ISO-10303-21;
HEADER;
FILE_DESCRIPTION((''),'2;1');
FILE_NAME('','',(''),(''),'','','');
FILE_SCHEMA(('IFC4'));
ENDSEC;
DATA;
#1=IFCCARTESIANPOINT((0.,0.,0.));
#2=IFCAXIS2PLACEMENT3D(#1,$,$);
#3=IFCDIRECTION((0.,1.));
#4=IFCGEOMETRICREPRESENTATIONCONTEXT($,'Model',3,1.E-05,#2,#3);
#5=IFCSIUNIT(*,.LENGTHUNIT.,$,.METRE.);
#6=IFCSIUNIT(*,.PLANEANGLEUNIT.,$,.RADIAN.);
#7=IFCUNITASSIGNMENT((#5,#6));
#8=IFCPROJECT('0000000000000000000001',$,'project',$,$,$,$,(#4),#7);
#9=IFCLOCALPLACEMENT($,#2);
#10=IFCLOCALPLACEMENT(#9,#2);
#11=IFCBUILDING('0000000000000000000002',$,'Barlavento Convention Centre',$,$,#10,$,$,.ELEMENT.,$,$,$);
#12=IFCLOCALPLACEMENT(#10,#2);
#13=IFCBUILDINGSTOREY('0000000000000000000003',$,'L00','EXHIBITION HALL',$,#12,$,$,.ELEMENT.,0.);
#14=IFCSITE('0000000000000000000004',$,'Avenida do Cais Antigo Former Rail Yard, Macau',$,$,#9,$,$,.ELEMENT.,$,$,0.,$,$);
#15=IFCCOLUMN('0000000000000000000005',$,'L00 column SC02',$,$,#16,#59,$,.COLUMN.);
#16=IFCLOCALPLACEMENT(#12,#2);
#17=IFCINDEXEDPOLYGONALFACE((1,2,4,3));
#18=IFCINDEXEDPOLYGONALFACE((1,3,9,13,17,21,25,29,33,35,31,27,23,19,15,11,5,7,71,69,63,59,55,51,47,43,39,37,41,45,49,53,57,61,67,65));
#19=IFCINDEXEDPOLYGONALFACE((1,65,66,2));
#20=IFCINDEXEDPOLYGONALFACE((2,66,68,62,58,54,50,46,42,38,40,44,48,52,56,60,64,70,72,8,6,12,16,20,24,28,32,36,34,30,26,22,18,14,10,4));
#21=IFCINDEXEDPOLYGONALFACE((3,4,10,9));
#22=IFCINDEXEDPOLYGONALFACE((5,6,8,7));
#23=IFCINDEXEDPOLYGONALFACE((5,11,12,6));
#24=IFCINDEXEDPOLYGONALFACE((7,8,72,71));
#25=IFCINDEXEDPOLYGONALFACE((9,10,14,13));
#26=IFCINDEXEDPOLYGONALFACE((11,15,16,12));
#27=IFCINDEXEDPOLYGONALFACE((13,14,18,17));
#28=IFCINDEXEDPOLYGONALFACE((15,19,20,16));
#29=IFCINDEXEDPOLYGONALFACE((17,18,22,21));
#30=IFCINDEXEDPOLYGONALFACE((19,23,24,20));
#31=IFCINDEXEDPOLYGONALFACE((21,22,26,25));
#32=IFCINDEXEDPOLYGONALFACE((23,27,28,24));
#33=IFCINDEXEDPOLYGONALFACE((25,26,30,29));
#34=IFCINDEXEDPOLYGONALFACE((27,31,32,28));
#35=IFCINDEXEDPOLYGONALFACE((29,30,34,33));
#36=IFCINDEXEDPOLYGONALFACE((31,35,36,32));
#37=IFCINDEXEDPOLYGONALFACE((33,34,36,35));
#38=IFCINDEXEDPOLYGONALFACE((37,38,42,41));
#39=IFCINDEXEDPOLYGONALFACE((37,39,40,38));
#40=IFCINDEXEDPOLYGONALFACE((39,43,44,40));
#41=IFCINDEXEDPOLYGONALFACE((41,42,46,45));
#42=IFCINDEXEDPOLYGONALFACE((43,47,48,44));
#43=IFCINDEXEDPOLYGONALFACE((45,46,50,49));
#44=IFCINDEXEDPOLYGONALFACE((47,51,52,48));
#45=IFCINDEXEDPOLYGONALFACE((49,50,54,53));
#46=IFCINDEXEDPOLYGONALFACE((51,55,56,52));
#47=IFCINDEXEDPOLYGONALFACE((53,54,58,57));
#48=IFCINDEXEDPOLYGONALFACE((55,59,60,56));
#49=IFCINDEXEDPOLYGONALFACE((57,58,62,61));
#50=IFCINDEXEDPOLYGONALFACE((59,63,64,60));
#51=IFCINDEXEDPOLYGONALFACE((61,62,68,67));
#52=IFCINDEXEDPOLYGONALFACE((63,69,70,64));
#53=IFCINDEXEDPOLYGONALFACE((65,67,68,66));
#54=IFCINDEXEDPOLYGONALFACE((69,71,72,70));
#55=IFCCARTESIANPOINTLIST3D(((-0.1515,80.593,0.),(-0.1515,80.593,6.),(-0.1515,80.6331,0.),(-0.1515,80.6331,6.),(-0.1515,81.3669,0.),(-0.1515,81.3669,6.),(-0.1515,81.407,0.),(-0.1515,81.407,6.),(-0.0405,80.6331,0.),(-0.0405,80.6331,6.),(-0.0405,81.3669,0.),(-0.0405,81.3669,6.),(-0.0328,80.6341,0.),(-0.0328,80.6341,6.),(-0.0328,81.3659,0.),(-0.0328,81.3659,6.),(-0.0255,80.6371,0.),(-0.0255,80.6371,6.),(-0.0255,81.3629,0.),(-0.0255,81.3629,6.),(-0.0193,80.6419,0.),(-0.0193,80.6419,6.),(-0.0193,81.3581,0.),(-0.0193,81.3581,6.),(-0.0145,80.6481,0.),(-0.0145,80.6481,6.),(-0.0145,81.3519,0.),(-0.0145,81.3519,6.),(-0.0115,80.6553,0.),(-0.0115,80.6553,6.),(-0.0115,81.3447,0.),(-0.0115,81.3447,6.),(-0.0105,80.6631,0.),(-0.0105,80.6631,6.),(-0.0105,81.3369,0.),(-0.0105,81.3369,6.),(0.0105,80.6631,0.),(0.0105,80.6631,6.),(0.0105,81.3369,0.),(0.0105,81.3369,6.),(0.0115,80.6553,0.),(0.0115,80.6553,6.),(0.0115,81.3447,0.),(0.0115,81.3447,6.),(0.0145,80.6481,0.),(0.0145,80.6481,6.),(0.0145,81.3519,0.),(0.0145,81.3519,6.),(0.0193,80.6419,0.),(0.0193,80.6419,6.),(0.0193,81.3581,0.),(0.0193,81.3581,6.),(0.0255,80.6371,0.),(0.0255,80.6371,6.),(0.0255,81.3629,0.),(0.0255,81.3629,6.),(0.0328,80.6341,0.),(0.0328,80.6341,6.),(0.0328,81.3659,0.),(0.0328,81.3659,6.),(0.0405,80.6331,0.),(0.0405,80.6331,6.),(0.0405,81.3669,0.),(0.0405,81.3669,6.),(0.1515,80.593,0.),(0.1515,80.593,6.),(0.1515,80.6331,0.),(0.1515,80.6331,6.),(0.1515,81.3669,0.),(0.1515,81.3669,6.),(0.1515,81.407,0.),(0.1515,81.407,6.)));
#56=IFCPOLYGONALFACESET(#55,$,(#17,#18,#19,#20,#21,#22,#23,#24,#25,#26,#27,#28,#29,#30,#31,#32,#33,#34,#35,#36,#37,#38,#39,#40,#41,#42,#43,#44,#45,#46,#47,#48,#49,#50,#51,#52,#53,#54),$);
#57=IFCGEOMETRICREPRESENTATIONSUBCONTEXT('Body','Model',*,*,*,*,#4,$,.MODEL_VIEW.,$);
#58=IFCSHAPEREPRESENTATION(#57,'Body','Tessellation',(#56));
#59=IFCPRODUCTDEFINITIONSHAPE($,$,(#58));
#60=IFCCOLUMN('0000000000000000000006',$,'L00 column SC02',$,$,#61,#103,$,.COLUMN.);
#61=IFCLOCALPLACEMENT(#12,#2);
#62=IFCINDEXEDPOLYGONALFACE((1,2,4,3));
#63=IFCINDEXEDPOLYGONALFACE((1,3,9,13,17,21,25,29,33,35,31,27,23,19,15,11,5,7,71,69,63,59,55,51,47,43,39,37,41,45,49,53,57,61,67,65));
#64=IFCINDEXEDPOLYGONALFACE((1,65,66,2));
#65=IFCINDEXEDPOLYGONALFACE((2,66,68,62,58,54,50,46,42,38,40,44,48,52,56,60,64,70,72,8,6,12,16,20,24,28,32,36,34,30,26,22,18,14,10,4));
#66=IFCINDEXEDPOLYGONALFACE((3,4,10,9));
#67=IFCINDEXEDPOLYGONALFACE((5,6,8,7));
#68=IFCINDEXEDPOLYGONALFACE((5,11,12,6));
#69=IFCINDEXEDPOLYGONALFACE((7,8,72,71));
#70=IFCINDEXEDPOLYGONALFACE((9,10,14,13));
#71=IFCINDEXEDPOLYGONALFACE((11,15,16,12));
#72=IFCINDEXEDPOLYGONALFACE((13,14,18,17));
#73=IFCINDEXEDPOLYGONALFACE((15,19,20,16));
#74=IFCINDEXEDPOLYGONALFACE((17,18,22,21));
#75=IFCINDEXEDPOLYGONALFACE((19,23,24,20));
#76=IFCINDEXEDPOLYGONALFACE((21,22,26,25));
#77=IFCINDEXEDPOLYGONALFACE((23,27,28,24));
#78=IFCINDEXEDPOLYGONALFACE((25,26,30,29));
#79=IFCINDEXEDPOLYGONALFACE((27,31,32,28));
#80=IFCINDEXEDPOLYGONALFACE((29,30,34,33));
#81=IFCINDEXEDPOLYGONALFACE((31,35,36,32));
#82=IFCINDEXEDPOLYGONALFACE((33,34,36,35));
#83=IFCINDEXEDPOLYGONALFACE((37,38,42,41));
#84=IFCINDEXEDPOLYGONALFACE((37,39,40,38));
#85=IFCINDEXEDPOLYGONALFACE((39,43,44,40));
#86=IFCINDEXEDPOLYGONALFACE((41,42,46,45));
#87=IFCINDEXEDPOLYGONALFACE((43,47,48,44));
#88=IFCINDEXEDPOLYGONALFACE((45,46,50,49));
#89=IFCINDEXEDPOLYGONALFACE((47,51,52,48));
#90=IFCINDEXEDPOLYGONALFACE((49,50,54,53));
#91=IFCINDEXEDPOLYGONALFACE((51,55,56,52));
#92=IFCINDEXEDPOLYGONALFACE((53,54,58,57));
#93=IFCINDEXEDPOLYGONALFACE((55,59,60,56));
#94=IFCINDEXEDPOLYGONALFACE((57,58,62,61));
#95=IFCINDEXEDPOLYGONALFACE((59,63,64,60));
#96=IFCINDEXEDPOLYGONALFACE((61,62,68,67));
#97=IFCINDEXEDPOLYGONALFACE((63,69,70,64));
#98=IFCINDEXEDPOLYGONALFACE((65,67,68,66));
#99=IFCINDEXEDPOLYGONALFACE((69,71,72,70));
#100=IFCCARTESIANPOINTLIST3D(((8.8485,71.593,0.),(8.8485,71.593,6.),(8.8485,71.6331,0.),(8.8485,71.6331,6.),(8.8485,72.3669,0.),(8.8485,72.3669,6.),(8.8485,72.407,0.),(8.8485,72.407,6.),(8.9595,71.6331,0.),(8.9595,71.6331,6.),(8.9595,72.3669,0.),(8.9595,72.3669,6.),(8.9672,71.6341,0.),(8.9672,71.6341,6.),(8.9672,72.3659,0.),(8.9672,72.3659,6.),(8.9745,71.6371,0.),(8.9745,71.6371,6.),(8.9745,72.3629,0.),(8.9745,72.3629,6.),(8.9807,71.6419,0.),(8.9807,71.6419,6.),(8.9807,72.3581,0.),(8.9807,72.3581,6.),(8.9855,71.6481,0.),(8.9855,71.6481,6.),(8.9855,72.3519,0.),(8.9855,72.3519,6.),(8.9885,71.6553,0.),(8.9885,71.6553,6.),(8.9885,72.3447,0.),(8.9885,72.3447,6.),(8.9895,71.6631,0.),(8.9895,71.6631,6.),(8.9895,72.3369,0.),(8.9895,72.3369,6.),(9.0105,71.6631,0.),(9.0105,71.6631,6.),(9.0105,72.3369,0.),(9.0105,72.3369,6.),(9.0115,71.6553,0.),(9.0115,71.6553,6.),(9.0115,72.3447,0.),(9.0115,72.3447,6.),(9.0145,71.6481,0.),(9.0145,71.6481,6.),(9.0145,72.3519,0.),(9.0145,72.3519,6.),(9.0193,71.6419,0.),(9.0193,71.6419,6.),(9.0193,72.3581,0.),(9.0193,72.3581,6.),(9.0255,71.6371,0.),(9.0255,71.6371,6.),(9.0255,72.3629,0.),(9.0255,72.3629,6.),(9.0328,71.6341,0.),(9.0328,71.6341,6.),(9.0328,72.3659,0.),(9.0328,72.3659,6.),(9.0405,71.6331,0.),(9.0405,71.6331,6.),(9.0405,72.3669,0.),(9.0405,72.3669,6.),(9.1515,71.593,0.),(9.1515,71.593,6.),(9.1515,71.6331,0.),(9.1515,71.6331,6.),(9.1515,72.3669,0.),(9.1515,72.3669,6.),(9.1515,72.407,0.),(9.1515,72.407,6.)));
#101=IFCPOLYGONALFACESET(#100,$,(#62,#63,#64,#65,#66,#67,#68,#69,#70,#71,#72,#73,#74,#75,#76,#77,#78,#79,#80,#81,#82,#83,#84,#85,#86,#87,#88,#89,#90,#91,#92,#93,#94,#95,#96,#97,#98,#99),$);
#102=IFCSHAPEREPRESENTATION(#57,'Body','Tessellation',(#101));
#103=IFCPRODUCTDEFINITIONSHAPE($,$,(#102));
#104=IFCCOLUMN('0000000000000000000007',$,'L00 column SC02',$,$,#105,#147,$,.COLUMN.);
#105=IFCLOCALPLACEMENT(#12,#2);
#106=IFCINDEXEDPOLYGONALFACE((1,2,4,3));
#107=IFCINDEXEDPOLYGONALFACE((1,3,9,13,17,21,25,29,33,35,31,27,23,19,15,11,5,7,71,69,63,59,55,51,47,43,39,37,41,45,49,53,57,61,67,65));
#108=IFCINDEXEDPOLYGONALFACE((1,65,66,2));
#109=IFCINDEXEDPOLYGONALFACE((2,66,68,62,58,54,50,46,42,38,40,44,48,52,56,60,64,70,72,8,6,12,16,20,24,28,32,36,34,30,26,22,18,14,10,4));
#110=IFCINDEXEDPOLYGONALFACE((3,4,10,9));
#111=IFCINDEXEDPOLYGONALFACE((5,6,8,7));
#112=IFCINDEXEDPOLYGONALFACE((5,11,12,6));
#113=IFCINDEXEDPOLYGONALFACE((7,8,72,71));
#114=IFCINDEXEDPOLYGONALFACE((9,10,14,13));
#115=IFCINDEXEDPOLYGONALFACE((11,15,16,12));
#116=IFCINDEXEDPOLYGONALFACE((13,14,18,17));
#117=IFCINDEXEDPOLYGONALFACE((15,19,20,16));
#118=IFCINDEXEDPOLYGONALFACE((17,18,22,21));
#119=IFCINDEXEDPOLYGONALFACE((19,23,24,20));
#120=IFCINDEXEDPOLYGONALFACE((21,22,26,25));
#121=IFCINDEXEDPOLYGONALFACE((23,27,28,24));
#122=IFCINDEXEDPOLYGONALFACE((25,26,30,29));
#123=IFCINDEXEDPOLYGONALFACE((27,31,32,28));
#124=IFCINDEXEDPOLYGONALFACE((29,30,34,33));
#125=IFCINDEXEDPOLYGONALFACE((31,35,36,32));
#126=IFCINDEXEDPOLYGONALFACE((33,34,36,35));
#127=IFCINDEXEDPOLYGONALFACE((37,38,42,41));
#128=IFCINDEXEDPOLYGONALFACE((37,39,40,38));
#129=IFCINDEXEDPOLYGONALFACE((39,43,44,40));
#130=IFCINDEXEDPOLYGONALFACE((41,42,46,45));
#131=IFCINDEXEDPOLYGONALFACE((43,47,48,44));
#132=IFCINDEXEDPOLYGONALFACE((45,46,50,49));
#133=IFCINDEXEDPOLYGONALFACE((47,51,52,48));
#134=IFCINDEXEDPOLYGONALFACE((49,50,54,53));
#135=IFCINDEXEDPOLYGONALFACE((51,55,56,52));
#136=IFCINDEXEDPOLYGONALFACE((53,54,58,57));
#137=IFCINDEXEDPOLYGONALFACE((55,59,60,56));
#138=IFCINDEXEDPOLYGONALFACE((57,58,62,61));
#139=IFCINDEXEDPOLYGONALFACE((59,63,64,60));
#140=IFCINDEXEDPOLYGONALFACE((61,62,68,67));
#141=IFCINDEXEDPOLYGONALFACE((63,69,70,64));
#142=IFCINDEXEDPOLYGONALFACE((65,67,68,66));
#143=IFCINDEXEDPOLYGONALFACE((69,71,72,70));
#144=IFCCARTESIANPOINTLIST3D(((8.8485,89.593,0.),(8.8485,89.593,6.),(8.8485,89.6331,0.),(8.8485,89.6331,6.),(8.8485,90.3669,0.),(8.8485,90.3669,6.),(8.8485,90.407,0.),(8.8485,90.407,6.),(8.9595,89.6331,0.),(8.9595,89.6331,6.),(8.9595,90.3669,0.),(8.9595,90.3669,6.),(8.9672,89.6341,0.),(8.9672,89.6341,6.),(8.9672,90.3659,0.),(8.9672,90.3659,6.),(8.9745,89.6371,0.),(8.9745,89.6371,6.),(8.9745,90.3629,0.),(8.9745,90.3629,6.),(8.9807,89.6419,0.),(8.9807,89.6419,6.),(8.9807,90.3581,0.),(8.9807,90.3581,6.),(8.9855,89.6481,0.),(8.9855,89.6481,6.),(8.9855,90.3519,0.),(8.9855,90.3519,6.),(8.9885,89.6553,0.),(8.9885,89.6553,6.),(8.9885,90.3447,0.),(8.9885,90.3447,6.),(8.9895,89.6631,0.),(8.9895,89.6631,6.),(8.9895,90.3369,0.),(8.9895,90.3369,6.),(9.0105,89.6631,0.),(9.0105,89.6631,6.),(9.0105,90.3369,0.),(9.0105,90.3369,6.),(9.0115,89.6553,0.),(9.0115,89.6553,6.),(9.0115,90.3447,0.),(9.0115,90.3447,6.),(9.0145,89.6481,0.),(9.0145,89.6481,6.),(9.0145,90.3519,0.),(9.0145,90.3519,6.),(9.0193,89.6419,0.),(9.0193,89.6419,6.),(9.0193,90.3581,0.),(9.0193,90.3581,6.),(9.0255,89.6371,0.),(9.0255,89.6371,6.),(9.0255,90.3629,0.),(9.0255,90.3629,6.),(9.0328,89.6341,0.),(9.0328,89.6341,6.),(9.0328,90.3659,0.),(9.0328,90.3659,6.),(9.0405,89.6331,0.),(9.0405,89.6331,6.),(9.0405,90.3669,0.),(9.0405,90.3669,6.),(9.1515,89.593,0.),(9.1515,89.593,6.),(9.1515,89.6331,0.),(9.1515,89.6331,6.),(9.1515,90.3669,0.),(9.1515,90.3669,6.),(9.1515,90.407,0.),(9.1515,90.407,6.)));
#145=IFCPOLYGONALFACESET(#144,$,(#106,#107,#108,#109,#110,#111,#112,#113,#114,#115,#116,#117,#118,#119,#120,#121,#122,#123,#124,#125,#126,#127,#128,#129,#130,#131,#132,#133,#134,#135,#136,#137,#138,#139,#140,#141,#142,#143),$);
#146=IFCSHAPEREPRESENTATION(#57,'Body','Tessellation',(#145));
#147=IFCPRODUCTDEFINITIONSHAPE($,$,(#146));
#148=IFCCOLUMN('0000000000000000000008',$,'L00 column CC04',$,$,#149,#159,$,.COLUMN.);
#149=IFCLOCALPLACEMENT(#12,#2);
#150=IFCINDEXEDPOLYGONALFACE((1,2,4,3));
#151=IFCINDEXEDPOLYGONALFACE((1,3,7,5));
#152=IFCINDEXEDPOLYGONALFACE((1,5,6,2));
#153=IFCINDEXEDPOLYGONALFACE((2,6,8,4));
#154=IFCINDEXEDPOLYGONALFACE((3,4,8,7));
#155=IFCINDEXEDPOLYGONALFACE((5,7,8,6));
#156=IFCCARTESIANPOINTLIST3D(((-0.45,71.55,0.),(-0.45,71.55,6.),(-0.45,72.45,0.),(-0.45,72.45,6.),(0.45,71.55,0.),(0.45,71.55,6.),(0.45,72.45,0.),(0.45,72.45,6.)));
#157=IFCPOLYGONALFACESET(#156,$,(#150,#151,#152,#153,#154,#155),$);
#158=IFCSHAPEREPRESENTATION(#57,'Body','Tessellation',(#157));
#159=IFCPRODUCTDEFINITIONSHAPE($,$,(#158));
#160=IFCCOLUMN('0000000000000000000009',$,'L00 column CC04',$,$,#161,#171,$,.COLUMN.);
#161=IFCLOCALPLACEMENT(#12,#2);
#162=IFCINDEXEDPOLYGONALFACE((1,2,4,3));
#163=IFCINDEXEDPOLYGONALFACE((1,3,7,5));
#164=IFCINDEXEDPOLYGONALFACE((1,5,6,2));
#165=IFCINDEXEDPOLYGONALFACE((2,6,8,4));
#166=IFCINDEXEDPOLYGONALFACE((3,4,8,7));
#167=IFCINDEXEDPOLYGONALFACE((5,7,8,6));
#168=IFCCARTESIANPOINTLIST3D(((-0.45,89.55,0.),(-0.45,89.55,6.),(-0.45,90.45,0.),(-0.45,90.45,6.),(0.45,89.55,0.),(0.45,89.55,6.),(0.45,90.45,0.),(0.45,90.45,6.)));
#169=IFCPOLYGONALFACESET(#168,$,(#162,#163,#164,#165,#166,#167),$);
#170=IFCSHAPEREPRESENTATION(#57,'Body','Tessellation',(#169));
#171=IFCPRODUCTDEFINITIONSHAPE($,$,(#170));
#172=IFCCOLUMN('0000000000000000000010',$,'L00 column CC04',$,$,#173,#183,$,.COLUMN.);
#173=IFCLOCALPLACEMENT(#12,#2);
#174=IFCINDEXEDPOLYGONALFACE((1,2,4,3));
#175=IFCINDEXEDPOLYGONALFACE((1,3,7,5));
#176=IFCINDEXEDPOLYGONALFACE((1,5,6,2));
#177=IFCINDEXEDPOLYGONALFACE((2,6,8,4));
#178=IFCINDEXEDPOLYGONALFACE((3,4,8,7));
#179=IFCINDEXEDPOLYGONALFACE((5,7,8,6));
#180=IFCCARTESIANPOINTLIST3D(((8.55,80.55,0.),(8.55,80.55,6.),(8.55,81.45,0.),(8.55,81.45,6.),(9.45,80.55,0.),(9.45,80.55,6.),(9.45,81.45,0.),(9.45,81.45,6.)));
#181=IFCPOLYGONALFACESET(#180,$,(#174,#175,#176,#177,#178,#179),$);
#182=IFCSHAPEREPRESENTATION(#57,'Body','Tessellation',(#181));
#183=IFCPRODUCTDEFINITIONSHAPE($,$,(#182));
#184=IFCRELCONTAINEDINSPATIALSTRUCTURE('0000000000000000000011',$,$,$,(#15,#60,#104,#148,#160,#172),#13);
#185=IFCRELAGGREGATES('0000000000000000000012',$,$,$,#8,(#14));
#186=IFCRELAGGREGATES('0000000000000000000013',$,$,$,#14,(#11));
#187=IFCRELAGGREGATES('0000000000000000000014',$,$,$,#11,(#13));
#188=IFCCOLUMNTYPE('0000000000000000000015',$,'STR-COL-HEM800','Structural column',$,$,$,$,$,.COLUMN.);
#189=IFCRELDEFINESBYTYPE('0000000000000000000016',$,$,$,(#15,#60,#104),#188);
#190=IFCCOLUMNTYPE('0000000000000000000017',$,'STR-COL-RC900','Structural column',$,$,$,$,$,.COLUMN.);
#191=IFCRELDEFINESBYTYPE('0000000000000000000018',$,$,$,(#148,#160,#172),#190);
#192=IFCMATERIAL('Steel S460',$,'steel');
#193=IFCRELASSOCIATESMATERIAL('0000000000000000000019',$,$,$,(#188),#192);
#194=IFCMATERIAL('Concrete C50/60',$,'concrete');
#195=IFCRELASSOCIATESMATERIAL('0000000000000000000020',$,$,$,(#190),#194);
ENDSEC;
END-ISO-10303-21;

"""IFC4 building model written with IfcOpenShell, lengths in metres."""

from ifc_helpers import new_model, si_unit, direction, frame, origin, origin_2d, place, context, subcontext, project, spatial, rectangle, i_section, extrude, material, material_profile, profile_set, type_object, element, save


model = new_model("IFC4")

# Units and contexts
model_context = context("Model", 3, precision=1e-05, world=origin(), true_north=direction((0.0, 1.0)))
body_context = subcontext(model_context, "Body", "Model", "MODEL_VIEW")
ifc_project = project(units=[si_unit("LENGTHUNIT", "METRE"), si_unit("PLANEANGLEUNIT", "RADIAN")], contexts=[model_context])

# Site, building, storey
site_placement = place(None, origin())
site = spatial("IfcSite", under=ifc_project, at=site_placement, Name="Avenida do Cais Antigo Former Rail Yard, Macau", CompositionType="ELEMENT", RefElevation=0.0)
building_placement = place(site_placement, origin())
building = spatial("IfcBuilding", under=site, at=building_placement, Name="Barlavento Convention Centre", CompositionType="ELEMENT")
storey_placement = place(building_placement, origin())
storey = spatial("IfcBuildingStorey", under=building, at=storey_placement, Name="L00", Description="EXHIBITION HALL", CompositionType="ELEMENT", Elevation=0.0)

# Columns
ifc_material_1 = material(Name="Steel S460", Category="steel")
ifc_material_profile_1 = material_profile(ifc_material_1, i_section(OverallWidth=0.303, OverallDepth=0.814, WebThickness=0.021, FlangeThickness=0.04, FilletRadius=0.03, at=origin_2d()), Name="HEM 800")
ifc_profile_set_1 = profile_set([ifc_material_profile_1], Name="Steel S460")
column_type_1 = type_object("IfcColumnType", Name="STR-COL-HEM800", Description="Structural column", PredefinedType="COLUMN", material=ifc_profile_set_1)
for number, where, z_axis, x_axis, name in (
    (1, (0.0, 81.0, 0.0), (0.0, 0.0, 1.0), (1.0, 0.0, 0.0), "L00 column SC02"),
    (2, (9.0, 72.0, 0.0), (0.0, 0.0, 1.0), (1.0, 0.0, 0.0), "L00 column SC02"),
    (3, (9.0, 90.0, 0.0), (0.0, 0.0, 1.0), (1.0, 0.0, 0.0), "L00 column SC02"),
):
    element("IfcColumn", number, at=place(storey_placement, frame(where, z_axis=z_axis, x_axis=x_axis)), inside=storey, type_object=column_type_1, Name=name, PredefinedType="COLUMN", context=body_context, shape_type="SweptSolid", body=[
        extrude(i_section(OverallWidth=0.303, OverallDepth=0.814, WebThickness=0.021, FlangeThickness=0.04, FilletRadius=0.03, at=origin_2d()), origin(), (0.0, 0.0, 1.0), 6.0),
    ])
ifc_material_2 = material(Name="Concrete C50/60", Category="concrete")
ifc_material_profile_2 = material_profile(ifc_material_2, rectangle(XDim=0.8999, YDim=0.8999, at=origin_2d()), Name="RC 900x900")
ifc_profile_set_2 = profile_set([ifc_material_profile_2], Name="Concrete C50/60")
column_type_2 = type_object("IfcColumnType", Name="STR-COL-RC900", Description="Structural column", PredefinedType="COLUMN", material=ifc_profile_set_2)
for number, where, z_axis, x_axis, name in (
    (4, (0.0, 72.0, 0.0), (0.0, 0.0, 1.0), (1.0, 0.0, 0.0), "L00 column CC04"),
    (5, (0.0, 90.0, 0.0), (0.0, 0.0, 1.0), (1.0, 0.0, 0.0), "L00 column CC04"),
    (6, (9.0, 81.0, 0.0), (0.0, 0.0, 1.0), (1.0, 0.0, 0.0), "L00 column CC04"),
):
    element("IfcColumn", number, at=place(storey_placement, frame(where, z_axis=z_axis, x_axis=x_axis)), inside=storey, type_object=column_type_2, Name=name, PredefinedType="COLUMN", context=body_context, shape_type="SweptSolid", body=[
        extrude(rectangle(XDim=0.8999, YDim=0.8999, at=origin_2d()), origin(), (0.0, 0.0, 1.0), 6.0),
    ])

save(model, "model.ifc")
